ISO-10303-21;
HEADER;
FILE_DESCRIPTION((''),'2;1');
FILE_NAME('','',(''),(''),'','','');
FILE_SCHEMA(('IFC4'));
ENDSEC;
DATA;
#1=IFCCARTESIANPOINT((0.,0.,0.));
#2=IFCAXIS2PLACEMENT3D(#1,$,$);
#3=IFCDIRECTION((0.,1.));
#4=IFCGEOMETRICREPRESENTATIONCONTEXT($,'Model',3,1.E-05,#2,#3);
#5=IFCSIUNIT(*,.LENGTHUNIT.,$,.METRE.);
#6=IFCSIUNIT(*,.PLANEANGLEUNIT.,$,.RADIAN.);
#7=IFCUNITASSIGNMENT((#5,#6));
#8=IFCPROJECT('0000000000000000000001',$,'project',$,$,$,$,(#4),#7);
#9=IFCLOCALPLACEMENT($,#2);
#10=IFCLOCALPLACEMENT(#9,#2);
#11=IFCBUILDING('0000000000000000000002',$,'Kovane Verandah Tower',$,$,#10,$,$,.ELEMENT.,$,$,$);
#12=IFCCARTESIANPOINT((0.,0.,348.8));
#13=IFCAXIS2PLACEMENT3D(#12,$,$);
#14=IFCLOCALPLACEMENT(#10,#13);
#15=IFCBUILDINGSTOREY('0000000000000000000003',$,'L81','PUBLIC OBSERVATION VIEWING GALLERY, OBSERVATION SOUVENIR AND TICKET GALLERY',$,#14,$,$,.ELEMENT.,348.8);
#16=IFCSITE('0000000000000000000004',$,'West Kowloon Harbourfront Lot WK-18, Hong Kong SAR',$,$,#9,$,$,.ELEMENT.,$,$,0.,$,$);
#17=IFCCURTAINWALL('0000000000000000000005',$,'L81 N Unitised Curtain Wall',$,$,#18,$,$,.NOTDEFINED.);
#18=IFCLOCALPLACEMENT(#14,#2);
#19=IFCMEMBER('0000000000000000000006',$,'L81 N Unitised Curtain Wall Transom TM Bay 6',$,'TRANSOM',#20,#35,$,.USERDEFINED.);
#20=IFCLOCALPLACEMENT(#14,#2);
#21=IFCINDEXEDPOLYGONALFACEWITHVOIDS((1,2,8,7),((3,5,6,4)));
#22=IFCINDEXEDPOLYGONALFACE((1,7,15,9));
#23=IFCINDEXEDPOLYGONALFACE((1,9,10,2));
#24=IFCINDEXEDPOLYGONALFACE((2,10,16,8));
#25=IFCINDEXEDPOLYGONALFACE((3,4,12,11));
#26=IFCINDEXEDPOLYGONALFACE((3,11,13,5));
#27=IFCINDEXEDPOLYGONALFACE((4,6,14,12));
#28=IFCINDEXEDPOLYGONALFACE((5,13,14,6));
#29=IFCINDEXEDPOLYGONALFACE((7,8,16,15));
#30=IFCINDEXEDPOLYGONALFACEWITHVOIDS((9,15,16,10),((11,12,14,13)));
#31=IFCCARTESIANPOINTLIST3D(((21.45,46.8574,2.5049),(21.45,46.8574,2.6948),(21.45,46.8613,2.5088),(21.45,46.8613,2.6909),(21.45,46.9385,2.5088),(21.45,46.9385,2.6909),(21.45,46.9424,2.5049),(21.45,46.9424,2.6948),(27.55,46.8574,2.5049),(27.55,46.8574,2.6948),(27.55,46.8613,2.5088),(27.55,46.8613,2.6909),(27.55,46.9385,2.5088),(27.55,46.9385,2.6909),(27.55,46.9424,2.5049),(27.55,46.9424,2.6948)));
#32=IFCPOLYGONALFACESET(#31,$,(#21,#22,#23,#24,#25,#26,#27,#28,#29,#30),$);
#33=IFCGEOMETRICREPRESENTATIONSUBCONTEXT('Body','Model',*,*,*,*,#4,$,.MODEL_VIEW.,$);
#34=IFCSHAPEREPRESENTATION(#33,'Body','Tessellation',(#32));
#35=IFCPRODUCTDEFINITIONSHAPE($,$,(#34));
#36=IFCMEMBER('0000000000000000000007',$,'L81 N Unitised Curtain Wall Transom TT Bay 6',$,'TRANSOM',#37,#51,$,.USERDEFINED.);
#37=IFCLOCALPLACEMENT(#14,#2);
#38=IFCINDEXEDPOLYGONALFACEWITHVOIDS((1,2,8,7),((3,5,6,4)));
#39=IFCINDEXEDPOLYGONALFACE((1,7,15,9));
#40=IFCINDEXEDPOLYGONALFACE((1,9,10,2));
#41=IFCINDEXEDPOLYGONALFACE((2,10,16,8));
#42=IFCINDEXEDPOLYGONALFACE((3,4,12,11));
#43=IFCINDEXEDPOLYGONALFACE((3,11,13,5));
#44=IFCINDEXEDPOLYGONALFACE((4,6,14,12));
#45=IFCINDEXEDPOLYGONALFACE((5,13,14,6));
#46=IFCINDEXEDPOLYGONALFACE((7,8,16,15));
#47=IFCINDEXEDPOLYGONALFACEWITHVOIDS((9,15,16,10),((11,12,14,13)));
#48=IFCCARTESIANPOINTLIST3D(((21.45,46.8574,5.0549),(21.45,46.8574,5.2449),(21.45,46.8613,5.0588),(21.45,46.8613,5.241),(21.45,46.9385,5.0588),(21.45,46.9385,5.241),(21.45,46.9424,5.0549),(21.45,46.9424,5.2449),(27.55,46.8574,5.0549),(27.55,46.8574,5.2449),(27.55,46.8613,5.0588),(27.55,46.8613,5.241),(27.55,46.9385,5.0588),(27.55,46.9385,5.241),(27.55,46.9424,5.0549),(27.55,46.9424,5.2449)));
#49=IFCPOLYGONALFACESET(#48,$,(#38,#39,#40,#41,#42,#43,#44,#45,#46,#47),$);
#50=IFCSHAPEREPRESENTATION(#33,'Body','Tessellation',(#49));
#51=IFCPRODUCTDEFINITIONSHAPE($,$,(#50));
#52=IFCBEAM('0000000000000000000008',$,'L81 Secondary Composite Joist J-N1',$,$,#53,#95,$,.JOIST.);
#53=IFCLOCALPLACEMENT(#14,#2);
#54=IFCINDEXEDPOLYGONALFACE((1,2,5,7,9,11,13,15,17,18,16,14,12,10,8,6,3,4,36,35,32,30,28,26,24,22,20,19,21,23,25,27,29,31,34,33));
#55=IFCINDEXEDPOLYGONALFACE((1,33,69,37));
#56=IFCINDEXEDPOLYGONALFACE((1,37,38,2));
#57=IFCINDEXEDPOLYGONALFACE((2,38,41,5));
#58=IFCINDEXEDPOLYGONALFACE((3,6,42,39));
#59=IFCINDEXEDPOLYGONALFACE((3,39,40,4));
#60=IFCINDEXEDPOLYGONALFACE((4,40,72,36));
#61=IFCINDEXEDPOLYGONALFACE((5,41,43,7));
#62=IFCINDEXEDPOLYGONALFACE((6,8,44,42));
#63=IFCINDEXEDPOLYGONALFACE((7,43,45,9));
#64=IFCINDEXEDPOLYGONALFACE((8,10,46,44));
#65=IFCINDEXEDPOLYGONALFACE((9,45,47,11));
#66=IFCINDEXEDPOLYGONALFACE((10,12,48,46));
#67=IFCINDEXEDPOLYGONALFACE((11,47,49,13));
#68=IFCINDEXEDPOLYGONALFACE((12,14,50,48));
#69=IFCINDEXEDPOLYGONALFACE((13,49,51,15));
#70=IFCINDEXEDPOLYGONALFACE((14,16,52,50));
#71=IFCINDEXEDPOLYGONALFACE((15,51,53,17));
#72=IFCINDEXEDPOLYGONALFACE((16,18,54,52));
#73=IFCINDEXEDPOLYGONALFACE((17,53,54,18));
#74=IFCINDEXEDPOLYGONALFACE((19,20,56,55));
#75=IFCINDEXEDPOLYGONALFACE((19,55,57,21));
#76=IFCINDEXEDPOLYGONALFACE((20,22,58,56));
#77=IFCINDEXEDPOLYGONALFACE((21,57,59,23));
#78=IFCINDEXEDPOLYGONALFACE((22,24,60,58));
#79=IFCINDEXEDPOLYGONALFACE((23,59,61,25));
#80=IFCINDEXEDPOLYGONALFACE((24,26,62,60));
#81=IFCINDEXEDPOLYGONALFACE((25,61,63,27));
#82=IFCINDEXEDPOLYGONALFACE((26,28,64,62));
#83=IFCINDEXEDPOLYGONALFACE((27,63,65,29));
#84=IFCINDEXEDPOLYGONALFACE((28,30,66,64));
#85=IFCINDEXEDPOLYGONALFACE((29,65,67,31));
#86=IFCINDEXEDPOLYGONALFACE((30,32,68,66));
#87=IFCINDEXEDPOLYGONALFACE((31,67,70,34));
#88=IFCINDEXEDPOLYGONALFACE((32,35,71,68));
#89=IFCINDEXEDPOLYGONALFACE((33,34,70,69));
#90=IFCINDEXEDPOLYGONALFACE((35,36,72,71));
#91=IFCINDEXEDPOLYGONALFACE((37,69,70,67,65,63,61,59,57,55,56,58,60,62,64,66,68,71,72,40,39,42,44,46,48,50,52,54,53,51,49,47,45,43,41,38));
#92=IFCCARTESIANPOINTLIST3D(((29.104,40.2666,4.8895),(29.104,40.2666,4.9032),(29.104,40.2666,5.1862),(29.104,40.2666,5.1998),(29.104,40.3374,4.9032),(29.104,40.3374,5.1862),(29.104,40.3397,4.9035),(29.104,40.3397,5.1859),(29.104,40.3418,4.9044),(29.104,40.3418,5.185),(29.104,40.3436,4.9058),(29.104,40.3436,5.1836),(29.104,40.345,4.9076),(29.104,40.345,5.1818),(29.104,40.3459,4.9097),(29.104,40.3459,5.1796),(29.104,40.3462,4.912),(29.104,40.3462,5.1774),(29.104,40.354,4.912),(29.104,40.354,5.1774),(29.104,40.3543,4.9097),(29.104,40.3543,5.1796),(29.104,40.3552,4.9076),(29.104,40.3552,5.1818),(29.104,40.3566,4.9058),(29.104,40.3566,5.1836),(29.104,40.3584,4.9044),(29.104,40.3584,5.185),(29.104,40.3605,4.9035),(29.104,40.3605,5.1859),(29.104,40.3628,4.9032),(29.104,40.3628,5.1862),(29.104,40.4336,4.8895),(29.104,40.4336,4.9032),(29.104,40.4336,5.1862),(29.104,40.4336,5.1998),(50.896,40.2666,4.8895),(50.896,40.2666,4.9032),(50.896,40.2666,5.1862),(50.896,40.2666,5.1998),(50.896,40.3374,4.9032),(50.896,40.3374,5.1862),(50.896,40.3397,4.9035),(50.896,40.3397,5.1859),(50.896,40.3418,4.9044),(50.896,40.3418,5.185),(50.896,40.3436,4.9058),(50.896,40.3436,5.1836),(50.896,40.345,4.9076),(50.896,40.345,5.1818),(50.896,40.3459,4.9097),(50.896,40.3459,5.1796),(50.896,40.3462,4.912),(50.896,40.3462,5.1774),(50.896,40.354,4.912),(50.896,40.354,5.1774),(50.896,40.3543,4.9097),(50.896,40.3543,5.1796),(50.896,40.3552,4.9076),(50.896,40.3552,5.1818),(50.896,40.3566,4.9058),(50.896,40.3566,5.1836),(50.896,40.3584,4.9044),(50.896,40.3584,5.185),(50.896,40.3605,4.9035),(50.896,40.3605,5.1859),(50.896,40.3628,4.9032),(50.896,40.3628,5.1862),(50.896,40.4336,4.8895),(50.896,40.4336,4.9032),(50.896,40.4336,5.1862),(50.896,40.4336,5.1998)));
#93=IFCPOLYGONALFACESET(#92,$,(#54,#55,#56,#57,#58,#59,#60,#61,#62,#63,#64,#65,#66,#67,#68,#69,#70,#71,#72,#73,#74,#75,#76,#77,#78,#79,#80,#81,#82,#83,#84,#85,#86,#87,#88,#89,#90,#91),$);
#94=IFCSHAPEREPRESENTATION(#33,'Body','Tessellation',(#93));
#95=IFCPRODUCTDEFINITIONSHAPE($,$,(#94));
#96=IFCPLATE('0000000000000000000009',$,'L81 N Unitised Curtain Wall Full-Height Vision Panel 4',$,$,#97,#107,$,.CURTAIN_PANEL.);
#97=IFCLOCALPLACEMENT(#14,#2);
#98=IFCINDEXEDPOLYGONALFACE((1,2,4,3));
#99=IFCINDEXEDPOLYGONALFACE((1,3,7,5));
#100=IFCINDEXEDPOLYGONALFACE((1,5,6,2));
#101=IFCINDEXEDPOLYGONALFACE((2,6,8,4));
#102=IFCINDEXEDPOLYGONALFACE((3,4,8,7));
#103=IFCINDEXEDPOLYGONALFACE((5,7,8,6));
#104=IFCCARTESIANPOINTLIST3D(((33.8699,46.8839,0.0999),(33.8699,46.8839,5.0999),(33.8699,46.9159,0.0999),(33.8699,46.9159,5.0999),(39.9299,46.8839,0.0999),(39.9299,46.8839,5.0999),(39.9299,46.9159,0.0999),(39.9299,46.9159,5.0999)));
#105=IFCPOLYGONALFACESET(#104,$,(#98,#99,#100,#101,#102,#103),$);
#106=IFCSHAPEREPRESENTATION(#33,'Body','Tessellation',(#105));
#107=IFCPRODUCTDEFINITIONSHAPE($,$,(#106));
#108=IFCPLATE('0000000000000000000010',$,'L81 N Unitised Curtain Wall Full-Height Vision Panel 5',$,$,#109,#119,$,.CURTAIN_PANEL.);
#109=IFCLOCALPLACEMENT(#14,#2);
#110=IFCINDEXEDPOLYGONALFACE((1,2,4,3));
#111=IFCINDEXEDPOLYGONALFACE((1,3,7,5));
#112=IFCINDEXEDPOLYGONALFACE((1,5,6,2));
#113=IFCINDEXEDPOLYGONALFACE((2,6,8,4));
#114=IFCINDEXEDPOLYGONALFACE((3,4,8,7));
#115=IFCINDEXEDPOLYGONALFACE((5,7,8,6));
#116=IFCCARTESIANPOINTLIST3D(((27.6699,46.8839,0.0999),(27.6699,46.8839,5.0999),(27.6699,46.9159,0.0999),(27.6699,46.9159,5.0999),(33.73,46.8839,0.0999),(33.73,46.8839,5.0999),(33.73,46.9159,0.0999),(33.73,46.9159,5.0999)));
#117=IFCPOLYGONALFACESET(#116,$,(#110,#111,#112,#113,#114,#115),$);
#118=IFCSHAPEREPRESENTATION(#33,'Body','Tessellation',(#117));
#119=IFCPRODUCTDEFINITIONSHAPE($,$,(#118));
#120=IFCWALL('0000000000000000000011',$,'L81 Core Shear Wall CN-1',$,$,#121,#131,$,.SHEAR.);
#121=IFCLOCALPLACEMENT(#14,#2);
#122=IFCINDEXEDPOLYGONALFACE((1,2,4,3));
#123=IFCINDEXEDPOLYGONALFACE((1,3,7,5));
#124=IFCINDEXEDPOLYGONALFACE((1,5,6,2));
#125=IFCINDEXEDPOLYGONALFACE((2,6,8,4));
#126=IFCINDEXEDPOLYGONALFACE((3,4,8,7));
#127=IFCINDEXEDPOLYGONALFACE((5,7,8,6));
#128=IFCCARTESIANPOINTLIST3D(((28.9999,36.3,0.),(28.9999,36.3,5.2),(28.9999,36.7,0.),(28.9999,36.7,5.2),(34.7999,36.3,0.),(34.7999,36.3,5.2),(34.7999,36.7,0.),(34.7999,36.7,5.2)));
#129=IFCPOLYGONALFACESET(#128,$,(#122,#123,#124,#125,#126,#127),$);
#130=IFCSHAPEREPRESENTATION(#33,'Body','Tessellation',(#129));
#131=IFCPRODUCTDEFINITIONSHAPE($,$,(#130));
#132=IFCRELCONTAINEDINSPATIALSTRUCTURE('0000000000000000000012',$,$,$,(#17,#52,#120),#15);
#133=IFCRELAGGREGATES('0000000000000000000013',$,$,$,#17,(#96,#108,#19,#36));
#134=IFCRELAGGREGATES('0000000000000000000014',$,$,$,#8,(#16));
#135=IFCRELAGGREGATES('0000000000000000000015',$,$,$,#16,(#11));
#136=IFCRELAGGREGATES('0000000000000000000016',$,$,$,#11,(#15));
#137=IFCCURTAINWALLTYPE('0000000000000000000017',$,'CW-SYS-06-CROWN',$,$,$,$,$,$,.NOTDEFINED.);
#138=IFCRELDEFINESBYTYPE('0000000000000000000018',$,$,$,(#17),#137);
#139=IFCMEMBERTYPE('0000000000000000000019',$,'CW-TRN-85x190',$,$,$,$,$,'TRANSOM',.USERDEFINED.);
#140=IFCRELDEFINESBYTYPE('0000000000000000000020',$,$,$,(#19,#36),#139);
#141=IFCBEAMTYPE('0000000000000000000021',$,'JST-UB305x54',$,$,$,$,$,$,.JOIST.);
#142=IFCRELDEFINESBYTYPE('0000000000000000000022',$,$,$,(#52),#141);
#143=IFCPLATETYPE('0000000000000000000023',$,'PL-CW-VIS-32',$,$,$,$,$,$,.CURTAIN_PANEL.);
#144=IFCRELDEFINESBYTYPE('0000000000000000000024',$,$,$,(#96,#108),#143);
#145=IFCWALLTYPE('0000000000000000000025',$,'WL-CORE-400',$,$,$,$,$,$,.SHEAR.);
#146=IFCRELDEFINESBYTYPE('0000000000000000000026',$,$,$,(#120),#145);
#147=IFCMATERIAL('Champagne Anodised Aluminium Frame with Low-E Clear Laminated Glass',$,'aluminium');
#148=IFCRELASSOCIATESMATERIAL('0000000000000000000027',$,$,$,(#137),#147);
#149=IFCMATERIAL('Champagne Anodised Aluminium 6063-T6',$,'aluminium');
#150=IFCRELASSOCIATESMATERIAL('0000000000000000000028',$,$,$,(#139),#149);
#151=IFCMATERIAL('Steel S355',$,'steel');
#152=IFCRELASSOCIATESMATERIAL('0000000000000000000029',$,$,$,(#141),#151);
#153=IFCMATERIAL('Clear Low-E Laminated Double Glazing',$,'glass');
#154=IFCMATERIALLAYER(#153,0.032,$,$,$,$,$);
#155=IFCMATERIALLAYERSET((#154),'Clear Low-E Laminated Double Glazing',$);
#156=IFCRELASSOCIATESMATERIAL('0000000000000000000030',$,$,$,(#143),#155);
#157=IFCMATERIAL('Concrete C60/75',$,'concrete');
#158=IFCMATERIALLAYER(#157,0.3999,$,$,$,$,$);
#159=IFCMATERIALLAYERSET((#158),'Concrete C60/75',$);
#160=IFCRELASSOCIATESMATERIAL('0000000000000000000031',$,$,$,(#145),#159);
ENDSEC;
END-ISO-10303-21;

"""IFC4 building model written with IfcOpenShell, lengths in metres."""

from ifc_helpers import new_model, si_unit, direction, frame, frame_2d, origin, origin_2d, place, context, subcontext, project, spatial, rectangle, hollow_rectangle, i_section, extrude, material, layer, layer_set, material_profile, profile_set, type_object, element, aggregate, save


model = new_model("IFC4")

# Units and contexts
model_context = context("Model", 3, precision=1e-05, world=origin(), true_north=direction((0.0, 1.0)))
body_context = subcontext(model_context, "Body", "Model", "MODEL_VIEW")
ifc_project = project(units=[si_unit("LENGTHUNIT", "METRE"), si_unit("PLANEANGLEUNIT", "RADIAN")], contexts=[model_context])

# Site, building, storey
site_placement = place(None, origin())
site = spatial("IfcSite", under=ifc_project, at=site_placement, Name="West Kowloon Harbourfront Lot WK-18, Hong Kong SAR", CompositionType="ELEMENT", RefElevation=0.0)
building_placement = place(site_placement, origin())
building = spatial("IfcBuilding", under=site, at=building_placement, Name="Kovane Verandah Tower", CompositionType="ELEMENT")
storey_placement = place(building_placement, frame((0.0, 0.0, 348.8)))
storey = spatial("IfcBuildingStorey", under=building, at=storey_placement, Name="L81", Description="PUBLIC OBSERVATION VIEWING GALLERY, OBSERVATION SOUVENIR AND TICKET GALLERY", CompositionType="ELEMENT", Elevation=348.8)

# Shared definitions
ifc_material_1 = material(Name="Steel S355", Category="steel")
ifc_material_2 = material(Name="Concrete C60/75", Category="concrete")

# Curtain wall, members
ifc_material_3 = material(Name="Champagne Anodised Aluminium Frame with Low-E Clear Laminated Glass", Category="aluminium")
curtain_wall_type = type_object("IfcCurtainWallType", Name="CW-SYS-06-CROWN", PredefinedType="NOTDEFINED", material=ifc_material_3)
curtain_wall_placement = place(storey_placement, origin())
curtain_wall = element("IfcCurtainWall", 1, at=curtain_wall_placement, inside=storey, type_object=curtain_wall_type, Name="L81 N Unitised Curtain Wall", PredefinedType="NOTDEFINED")
ifc_material_4 = material(Name="Champagne Anodised Aluminium 6063-T6", Category="aluminium")
ifc_material_profile_1 = material_profile(ifc_material_4, hollow_rectangle(XDim=0.085, YDim=0.1899, WallThickness=0.0039, at=origin_2d()), Name="AL85x190x4")
ifc_profile_set_1 = profile_set([ifc_material_profile_1], Name="Champagne Anodised Aluminium 6063-T6")
member_type_1 = type_object("IfcMemberType", Name="CW-TRN-85x190", ElementType="TRANSOM", PredefinedType="USERDEFINED", material=ifc_profile_set_1)
member_1_placement = place(storey_placement, frame((27.55, 46.8999, 2.5999), z_axis=(-1.0, 0.0, 0.0), x_axis=(0.0, -1.0, 0.0)))
member_1 = element("IfcMember", 2, at=member_1_placement, type_object=member_type_1, Name="L81 N Unitised Curtain Wall Transom TM Bay 6", ObjectType="TRANSOM", PredefinedType="USERDEFINED", context=body_context, shape_type="SweptSolid", body=[
    extrude(hollow_rectangle(XDim=0.085, YDim=0.1899, WallThickness=0.0039, at=origin_2d()), origin(), (0.0, 0.0, 1.0), 6.1001),
])
member_2_placement = place(storey_placement, frame((27.55, 46.8999, 5.1499), z_axis=(-1.0, 0.0, 0.0), x_axis=(0.0, -1.0, 0.0)))
member_2 = element("IfcMember", 3, at=member_2_placement, type_object=member_type_1, Name="L81 N Unitised Curtain Wall Transom TT Bay 6", ObjectType="TRANSOM", PredefinedType="USERDEFINED", context=body_context, shape_type="SweptSolid", body=[
    extrude(hollow_rectangle(XDim=0.085, YDim=0.1899, WallThickness=0.0039, at=origin_2d()), origin(), (0.0, 0.0, 1.0), 6.1001),
])

# Beam
ifc_material_profile_2 = material_profile(ifc_material_1, i_section(OverallWidth=0.167, OverallDepth=0.3103, WebThickness=0.0078, FlangeThickness=0.0137, FilletRadius=0.0088, at=origin_2d()), Name="UB305x165x54")
ifc_profile_set_2 = profile_set([ifc_material_profile_2], Name="Steel S355")
beam_type_1 = type_object("IfcBeamType", Name="JST-UB305x54", PredefinedType="JOIST", material=ifc_profile_set_2)
beam_1_placement = place(storey_placement, frame((29.104, 40.3501, 5.0447), z_axis=(1.0, 0.0, 0.0), x_axis=(0.0, 1.0, 0.0)))
element("IfcBeam", 4, at=beam_1_placement, inside=storey, type_object=beam_type_1, Name="L81 Secondary Composite Joist J-N1", PredefinedType="JOIST", context=body_context, shape_type="SweptSolid", body=[
    extrude(i_section(OverallWidth=0.167, OverallDepth=0.3103, WebThickness=0.0078, FlangeThickness=0.0137, FilletRadius=0.0088, at=origin_2d()), origin(), (0.0, 0.0, 1.0), 21.792),
])

# Plates
ifc_material_5 = material(Name="Clear Low-E Laminated Double Glazing", Category="glass")
ifc_layer_1 = layer(ifc_material_5, 0.032)
ifc_layer_set_1 = layer_set([ifc_layer_1], Name="Clear Low-E Laminated Double Glazing")
plate_type = type_object("IfcPlateType", Name="PL-CW-VIS-32", PredefinedType="CURTAIN_PANEL", material=ifc_layer_set_1)
plate_1_placement = place(storey_placement, frame((36.8999, 46.8999, 0.0999), z_axis=(0.0, 0.0, 1.0), x_axis=(-1.0, 0.0, 0.0)))
plate_1 = element("IfcPlate", 5, at=plate_1_placement, type_object=plate_type, Name="L81 N Unitised Curtain Wall Full-Height Vision Panel 4", PredefinedType="CURTAIN_PANEL", context=body_context, shape_type="SweptSolid", body=[
    extrude(rectangle(XDim=6.0601, YDim=0.032, at=origin_2d()), origin(), (0.0, 0.0, 1.0), 5.0),
])
plate_2_placement = place(storey_placement, frame((30.7, 46.8999, 0.0999), z_axis=(0.0, 0.0, 1.0), x_axis=(-1.0, 0.0, 0.0)))
plate_2 = element("IfcPlate", 6, at=plate_2_placement, type_object=plate_type, Name="L81 N Unitised Curtain Wall Full-Height Vision Panel 5", PredefinedType="CURTAIN_PANEL", context=body_context, shape_type="SweptSolid", body=[
    extrude(rectangle(XDim=6.0601, YDim=0.032, at=origin_2d()), origin(), (0.0, 0.0, 1.0), 5.0),
])
aggregate(curtain_wall, [plate_1, plate_2, member_1, member_2])

# Wall
ifc_layer_2 = layer(ifc_material_2, 0.3999)
ifc_layer_set_2 = layer_set([ifc_layer_2], Name="Concrete C60/75")
wall_type = type_object("IfcWallType", Name="WL-CORE-400", PredefinedType="SHEAR", material=ifc_layer_set_2)
wall_1_placement = place(storey_placement, frame((29.0, 36.5, 0.0), z_axis=(0.0, 0.0, 1.0), x_axis=(1.0, 0.0, 0.0)))
element("IfcWall", 7, at=wall_1_placement, inside=storey, type_object=wall_type, Name="L81 Core Shear Wall CN-1", PredefinedType="SHEAR", context=body_context, shape_type="SweptSolid", body=[
    extrude(rectangle(XDim=5.8, YDim=0.3999, at=frame_2d((2.8999, 0.0))), origin(), (0.0, 0.0, 1.0), 5.2),
])

save(model, "model.ifc")
